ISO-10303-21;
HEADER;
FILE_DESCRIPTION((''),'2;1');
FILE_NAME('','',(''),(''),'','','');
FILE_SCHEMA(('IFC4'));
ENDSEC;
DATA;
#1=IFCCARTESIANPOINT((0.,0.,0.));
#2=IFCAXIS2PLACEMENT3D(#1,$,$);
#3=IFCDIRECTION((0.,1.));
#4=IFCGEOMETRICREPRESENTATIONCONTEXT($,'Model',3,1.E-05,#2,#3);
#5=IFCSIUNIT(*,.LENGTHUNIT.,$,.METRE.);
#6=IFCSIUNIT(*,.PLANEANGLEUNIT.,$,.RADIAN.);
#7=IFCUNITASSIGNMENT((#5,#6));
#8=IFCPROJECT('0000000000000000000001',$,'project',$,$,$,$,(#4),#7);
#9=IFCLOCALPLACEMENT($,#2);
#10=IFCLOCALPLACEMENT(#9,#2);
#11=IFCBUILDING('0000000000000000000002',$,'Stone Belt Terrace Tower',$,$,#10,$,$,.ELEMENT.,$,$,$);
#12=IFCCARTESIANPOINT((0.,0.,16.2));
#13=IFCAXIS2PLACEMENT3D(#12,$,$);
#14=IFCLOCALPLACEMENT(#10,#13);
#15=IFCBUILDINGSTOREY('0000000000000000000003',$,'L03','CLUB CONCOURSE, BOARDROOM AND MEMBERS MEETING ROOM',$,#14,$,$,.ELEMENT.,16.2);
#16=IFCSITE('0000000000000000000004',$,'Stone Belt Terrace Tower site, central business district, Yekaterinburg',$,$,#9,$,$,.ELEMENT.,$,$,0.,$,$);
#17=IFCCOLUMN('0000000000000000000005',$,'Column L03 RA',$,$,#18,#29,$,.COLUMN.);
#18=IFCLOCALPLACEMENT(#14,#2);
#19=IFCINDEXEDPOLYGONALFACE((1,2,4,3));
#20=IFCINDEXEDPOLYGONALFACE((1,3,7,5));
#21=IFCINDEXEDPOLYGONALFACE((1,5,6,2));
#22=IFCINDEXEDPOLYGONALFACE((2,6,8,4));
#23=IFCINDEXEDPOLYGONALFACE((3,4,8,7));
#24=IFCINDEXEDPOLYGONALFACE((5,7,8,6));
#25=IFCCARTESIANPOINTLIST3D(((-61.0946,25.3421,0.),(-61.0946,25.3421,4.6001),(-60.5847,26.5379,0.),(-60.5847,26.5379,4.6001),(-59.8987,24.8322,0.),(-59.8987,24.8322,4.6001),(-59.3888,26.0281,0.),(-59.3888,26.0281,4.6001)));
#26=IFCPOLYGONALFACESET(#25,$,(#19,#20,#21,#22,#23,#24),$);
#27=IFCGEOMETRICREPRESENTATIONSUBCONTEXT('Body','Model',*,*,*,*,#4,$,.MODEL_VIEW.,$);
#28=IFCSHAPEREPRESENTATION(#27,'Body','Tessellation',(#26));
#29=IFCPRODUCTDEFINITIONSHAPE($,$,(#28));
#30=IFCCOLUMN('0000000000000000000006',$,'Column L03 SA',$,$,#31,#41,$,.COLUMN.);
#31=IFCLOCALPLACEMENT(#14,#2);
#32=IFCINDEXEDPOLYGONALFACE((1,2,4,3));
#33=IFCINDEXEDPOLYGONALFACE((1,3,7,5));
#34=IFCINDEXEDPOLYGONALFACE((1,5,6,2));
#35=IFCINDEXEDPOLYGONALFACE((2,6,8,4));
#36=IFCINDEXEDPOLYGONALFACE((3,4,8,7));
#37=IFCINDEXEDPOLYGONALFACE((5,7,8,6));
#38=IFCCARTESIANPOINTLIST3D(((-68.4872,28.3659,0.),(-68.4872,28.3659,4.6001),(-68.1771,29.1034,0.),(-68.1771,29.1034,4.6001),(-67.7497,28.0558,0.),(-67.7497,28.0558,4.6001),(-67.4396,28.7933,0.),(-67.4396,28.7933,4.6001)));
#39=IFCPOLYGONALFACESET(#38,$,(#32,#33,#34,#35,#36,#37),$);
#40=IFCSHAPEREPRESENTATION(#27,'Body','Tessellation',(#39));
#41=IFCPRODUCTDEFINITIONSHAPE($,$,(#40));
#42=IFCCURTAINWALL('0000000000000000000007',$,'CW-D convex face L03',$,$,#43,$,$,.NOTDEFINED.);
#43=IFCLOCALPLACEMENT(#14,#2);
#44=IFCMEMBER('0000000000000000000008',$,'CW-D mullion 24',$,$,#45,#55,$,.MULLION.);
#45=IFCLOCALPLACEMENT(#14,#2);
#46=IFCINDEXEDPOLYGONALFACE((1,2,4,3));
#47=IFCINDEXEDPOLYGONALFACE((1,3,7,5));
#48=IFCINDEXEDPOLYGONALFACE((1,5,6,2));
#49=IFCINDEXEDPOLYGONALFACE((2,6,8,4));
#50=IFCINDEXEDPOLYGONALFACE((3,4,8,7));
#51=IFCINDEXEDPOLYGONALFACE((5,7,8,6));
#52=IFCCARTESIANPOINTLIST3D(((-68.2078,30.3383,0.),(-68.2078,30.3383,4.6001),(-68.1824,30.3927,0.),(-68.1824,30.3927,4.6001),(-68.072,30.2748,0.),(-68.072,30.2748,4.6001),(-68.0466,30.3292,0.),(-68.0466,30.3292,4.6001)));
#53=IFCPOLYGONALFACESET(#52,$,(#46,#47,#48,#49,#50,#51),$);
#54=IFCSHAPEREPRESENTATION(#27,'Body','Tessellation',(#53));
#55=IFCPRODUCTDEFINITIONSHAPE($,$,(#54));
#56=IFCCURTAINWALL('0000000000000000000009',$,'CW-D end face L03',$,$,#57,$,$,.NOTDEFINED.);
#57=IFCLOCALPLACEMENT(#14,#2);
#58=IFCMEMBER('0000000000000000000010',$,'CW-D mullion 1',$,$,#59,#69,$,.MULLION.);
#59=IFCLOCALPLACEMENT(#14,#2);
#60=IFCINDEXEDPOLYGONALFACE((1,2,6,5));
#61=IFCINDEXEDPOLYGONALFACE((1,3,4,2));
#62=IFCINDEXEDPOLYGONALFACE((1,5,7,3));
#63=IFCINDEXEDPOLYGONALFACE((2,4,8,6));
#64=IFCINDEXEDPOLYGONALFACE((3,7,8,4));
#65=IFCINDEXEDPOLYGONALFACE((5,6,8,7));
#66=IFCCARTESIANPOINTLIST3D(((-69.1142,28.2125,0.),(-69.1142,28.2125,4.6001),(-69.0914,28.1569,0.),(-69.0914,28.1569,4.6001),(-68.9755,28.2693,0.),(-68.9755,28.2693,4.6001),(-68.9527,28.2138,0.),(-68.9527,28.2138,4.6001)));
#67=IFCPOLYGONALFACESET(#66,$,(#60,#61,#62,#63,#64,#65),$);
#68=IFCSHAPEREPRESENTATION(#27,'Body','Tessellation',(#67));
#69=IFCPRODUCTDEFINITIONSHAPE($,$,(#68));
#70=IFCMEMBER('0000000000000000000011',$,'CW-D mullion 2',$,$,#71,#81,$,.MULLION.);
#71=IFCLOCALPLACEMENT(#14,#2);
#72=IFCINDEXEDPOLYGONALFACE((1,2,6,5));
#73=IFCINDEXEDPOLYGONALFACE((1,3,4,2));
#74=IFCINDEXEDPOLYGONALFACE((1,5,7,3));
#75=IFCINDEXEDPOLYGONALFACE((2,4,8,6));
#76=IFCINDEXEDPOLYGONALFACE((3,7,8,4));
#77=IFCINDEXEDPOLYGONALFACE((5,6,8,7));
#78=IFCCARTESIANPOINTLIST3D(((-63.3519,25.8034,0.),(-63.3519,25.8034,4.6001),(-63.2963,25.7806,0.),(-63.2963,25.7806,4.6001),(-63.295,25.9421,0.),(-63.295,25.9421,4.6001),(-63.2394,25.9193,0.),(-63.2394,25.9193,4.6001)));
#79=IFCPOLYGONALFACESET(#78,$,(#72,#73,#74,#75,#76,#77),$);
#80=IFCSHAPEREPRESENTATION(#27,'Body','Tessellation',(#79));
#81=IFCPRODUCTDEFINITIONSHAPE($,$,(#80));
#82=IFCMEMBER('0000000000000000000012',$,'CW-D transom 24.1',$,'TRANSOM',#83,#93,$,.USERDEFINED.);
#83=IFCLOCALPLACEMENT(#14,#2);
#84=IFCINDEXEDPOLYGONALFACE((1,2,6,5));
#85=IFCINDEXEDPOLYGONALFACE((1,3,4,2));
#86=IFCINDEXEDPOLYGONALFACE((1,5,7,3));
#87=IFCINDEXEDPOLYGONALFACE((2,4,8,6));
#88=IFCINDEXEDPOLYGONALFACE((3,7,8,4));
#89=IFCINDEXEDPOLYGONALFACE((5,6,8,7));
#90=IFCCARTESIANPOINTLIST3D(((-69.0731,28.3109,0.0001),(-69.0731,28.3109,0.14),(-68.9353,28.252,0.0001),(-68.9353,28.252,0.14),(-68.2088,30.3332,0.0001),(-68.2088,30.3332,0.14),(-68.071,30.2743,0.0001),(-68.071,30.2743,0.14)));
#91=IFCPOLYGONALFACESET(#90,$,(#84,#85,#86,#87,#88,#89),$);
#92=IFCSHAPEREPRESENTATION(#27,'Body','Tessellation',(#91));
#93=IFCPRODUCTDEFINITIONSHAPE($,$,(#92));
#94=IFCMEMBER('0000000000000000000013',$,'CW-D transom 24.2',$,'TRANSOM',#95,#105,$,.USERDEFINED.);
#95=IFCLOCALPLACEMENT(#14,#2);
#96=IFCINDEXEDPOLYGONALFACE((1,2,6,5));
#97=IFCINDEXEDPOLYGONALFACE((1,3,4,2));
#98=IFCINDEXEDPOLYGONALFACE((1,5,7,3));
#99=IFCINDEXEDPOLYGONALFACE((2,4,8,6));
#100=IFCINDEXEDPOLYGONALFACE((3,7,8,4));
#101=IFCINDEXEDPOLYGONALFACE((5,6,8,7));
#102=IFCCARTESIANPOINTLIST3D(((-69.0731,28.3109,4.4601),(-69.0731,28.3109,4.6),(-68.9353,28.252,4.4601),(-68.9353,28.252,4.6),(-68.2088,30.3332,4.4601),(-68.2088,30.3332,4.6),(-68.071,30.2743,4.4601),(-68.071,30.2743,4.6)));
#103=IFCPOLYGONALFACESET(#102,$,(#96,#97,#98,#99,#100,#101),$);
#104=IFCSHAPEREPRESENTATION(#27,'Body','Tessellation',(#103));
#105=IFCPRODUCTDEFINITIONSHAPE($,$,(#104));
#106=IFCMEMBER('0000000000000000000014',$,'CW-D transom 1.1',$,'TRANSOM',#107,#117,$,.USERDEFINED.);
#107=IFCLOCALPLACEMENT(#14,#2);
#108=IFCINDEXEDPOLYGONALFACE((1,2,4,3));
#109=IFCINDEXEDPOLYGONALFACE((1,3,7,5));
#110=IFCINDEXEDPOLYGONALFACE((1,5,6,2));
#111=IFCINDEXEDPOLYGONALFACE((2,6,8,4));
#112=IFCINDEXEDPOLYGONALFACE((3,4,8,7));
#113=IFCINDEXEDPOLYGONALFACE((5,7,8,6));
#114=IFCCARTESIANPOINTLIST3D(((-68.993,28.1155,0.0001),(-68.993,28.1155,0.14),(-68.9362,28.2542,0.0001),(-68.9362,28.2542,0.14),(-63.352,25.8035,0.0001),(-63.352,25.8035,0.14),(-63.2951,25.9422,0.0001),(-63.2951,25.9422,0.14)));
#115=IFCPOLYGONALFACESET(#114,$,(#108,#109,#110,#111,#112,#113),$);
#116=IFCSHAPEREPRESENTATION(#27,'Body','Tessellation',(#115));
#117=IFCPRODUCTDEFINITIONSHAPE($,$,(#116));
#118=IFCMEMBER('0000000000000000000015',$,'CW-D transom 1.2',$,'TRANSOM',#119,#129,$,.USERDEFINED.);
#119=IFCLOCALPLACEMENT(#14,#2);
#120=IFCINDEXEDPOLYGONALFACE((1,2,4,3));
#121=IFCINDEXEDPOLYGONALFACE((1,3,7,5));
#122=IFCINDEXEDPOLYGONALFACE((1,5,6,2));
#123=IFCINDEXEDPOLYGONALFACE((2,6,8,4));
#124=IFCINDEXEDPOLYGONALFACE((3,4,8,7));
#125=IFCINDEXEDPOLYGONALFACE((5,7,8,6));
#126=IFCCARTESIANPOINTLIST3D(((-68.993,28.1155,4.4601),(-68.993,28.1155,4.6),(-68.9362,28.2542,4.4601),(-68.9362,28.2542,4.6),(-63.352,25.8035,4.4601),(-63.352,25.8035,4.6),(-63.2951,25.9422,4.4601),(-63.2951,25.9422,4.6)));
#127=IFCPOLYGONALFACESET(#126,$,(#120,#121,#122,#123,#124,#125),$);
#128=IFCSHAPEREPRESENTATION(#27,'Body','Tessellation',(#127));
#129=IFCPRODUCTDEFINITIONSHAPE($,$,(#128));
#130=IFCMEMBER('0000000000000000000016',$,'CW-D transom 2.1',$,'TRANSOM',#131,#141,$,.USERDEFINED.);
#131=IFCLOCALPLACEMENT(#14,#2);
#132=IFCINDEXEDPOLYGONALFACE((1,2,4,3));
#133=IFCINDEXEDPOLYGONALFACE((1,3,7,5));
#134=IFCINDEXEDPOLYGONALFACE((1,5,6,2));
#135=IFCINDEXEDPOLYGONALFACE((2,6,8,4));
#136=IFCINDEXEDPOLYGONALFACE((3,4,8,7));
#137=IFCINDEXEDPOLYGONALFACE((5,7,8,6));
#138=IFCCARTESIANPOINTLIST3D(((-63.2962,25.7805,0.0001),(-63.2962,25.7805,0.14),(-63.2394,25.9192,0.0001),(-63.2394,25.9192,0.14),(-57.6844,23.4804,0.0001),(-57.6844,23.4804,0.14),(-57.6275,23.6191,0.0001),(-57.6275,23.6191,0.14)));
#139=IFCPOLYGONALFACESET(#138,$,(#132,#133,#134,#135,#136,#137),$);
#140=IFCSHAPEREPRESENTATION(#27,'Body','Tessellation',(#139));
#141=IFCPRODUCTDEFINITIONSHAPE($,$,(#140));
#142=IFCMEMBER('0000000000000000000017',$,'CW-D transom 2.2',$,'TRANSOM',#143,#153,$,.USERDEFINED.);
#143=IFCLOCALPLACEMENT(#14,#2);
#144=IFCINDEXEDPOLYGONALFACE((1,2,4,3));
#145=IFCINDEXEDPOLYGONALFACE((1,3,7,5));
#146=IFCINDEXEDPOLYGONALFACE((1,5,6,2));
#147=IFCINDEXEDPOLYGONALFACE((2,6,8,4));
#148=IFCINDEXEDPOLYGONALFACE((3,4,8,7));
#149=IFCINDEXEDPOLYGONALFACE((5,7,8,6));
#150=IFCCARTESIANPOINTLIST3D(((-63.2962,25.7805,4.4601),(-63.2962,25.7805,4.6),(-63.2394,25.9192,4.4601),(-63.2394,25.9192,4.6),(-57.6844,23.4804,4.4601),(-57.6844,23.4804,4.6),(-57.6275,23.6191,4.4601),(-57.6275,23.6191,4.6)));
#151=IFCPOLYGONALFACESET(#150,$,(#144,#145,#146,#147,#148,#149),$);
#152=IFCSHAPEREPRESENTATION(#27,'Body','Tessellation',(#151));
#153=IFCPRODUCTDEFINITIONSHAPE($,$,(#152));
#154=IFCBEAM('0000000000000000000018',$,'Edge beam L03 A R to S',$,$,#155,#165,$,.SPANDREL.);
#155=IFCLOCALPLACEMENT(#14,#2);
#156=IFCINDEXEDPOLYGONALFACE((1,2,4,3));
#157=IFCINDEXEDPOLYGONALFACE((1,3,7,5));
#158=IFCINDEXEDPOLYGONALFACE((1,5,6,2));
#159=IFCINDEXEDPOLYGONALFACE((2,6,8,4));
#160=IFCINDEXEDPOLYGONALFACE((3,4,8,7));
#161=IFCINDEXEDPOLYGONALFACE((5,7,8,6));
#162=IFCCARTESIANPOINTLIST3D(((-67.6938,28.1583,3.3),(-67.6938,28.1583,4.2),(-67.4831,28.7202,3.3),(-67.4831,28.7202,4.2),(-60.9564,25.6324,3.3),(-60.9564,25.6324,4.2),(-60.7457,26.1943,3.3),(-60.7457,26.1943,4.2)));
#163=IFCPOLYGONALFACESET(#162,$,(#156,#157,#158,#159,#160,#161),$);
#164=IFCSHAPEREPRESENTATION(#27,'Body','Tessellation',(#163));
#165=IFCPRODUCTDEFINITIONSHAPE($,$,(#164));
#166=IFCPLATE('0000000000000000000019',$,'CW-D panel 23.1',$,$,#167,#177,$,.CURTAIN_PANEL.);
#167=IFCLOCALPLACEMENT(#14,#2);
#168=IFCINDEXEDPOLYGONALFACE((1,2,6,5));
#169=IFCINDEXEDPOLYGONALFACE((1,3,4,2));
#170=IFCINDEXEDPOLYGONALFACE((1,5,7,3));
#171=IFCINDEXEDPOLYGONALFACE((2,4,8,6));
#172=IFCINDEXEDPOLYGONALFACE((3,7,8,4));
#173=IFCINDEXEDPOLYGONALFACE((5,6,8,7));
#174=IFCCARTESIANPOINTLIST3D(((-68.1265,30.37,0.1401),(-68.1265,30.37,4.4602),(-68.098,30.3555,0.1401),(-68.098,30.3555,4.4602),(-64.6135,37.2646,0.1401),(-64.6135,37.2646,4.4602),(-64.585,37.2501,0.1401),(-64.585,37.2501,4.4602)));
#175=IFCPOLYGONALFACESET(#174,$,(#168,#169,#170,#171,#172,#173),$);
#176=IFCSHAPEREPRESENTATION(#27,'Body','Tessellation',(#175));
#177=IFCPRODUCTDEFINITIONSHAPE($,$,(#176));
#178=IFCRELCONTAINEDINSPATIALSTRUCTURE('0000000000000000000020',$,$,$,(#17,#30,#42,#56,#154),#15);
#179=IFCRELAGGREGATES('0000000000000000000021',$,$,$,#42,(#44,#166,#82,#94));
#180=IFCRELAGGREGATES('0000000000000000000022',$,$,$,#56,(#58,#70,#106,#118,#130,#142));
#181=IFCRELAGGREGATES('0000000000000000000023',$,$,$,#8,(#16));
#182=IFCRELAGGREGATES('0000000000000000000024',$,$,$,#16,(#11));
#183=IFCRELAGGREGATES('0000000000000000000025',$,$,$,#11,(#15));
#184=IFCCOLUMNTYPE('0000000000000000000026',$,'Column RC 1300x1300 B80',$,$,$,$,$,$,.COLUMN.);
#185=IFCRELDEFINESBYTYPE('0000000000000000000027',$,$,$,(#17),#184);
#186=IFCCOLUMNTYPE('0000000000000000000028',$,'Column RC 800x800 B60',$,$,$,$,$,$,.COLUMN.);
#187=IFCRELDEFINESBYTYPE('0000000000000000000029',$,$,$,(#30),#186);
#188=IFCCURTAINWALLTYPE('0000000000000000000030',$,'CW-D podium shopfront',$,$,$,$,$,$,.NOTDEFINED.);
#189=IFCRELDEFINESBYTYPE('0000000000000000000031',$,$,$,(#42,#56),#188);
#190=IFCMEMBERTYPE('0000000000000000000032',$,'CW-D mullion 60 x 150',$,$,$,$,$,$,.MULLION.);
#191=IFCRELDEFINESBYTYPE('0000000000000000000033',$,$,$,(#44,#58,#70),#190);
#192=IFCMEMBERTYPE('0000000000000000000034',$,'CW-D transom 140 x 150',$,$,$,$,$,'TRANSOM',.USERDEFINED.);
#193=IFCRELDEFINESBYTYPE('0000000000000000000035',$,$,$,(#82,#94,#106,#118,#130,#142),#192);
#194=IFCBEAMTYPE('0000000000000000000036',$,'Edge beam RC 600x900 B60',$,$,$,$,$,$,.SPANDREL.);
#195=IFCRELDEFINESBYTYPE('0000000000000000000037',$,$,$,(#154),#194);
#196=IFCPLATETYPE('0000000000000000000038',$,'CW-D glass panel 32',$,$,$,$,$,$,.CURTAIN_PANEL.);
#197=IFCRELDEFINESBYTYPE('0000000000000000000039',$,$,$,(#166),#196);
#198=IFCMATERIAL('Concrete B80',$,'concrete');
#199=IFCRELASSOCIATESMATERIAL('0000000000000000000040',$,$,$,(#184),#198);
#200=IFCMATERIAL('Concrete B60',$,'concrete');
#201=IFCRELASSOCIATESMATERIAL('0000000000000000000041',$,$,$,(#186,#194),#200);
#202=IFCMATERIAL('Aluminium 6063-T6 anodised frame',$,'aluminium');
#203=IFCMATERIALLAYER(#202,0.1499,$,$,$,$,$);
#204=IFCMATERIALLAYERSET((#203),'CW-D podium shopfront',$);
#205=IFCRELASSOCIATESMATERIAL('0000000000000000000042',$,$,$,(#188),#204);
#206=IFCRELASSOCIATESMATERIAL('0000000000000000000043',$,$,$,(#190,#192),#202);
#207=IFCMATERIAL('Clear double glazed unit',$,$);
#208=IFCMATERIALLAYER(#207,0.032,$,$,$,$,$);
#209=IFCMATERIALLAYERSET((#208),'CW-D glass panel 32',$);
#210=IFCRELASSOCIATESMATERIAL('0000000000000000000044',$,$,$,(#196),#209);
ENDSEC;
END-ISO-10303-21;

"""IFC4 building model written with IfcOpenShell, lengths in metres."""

from ifc_helpers import new_model, si_unit, direction, frame, origin, origin_2d, place, context, subcontext, project, spatial, rectangle, extrude, material, layer, layer_set, material_profile, profile_set, type_object, element, aggregate, save


model = new_model("IFC4")

# Units and contexts
model_context = context("Model", 3, precision=1e-05, world=origin(), true_north=direction((0.0, 1.0)))
body_context = subcontext(model_context, "Body", "Model", "MODEL_VIEW")
ifc_project = project(units=[si_unit("LENGTHUNIT", "METRE"), si_unit("PLANEANGLEUNIT", "RADIAN")], contexts=[model_context])

# Site, building, storey
site_placement = place(None, origin())
site = spatial("IfcSite", under=ifc_project, at=site_placement, Name="Stone Belt Terrace Tower site, central business district, Yekaterinburg", CompositionType="ELEMENT", RefElevation=0.0)
building_placement = place(site_placement, origin())
building = spatial("IfcBuilding", under=site, at=building_placement, Name="Stone Belt Terrace Tower", CompositionType="ELEMENT")
storey_placement = place(building_placement, frame((0.0, 0.0, 16.2)))
storey = spatial("IfcBuildingStorey", under=building, at=storey_placement, Name="L03", Description="CLUB CONCOURSE, BOARDROOM AND MEMBERS MEETING ROOM", CompositionType="ELEMENT", Elevation=16.2)

# Columns
ifc_material_1 = material(Name="Concrete B80", Category="concrete")
ifc_material_profile_1 = material_profile(ifc_material_1, rectangle(XDim=1.3, YDim=1.3, at=origin_2d()), Name="RC 1300x1300")
ifc_profile_set_1 = profile_set([ifc_material_profile_1], Name="Concrete B80")
column_type_1 = type_object("IfcColumnType", Name="Column RC 1300x1300 B80", PredefinedType="COLUMN", material=ifc_profile_set_1)
column_1_placement = place(storey_placement, frame((-60.2417, 25.6851, 0.0), z_axis=(0.0, 0.0, 1.0), x_axis=(0.392204, 0.919878, 0.0)))
element("IfcColumn", 1, at=column_1_placement, inside=storey, type_object=column_type_1, Name="Column L03 RA", PredefinedType="COLUMN", context=body_context, shape_type="SweptSolid", body=[
    extrude(rectangle(XDim=1.3, YDim=1.3, at=origin_2d()), origin(), (0.0, 0.0, 1.0), 4.6001),
])
ifc_material_2 = material(Name="Concrete B60", Category="concrete")
ifc_material_profile_2 = material_profile(ifc_material_2, rectangle(XDim=0.8, YDim=0.8, at=origin_2d()), Name="RC 800x800")
ifc_profile_set_2 = profile_set([ifc_material_profile_2], Name="Concrete B60")
column_type_2 = type_object("IfcColumnType", Name="Column RC 800x800 B60", PredefinedType="COLUMN", material=ifc_profile_set_2)
column_2_placement = place(storey_placement, frame((-67.9634, 28.5796, 0.0), z_axis=(0.0, 0.0, 1.0), x_axis=(0.387636, 0.921812, 0.0)))
element("IfcColumn", 2, at=column_2_placement, inside=storey, type_object=column_type_2, Name="Column L03 SA", PredefinedType="COLUMN", context=body_context, shape_type="SweptSolid", body=[
    extrude(rectangle(XDim=0.8, YDim=0.8, at=origin_2d()), origin(), (0.0, 0.0, 1.0), 4.6001),
])

# Curtain wall, member
ifc_material_3 = material(Name="Aluminium 6063-T6 anodised frame", Category="aluminium")
ifc_layer_1 = layer(ifc_material_3, 0.1499)
ifc_layer_set_1 = layer_set([ifc_layer_1], Name="CW-D podium shopfront")
curtain_wall_type = type_object("IfcCurtainWallType", Name="CW-D podium shopfront", PredefinedType="NOTDEFINED", material=ifc_layer_set_1)
curtain_wall_1_placement = place(storey_placement, origin())
curtain_wall_1 = element("IfcCurtainWall", 3, at=curtain_wall_1_placement, inside=storey, type_object=curtain_wall_type, Name="CW-D convex face L03", PredefinedType="NOTDEFINED")
ifc_material_profile_3 = material_profile(ifc_material_3, rectangle(XDim=0.1499, YDim=0.0601, at=origin_2d()), Name="Aluminium 6063-T6 60x150")
ifc_profile_set_3 = profile_set([ifc_material_profile_3], Name="Aluminium 6063-T6 anodised frame")
member_type_1 = type_object("IfcMemberType", Name="CW-D mullion 60 x 150", PredefinedType="MULLION", material=ifc_profile_set_3)
member_1_placement = place(storey_placement, frame((-68.1272, 30.3337, 0.0), z_axis=(0.0, 0.0, 1.0), x_axis=(0.905778, -0.423752, 0.0)))
member_1 = element("IfcMember", 4, at=member_1_placement, type_object=member_type_1, Name="CW-D mullion 24", PredefinedType="MULLION", context=body_context, shape_type="SweptSolid", body=[
    extrude(rectangle(XDim=0.1499, YDim=0.0601, at=origin_2d()), origin(), (0.0, 0.0, 1.0), 4.6001),
])

# Curtain wall, members
curtain_wall_2_placement = place(storey_placement, origin())
curtain_wall_2 = element("IfcCurtainWall", 5, at=curtain_wall_2_placement, inside=storey, type_object=curtain_wall_type, Name="CW-D end face L03", PredefinedType="NOTDEFINED")
member_2_placement = place(storey_placement, frame((-69.0334, 28.2131, 0.0), z_axis=(0.0, 0.0, 1.0), x_axis=(0.92531, 0.379212, 0.0)))
member_2 = element("IfcMember", 6, at=member_2_placement, type_object=member_type_1, Name="CW-D mullion 1", PredefinedType="MULLION", context=body_context, shape_type="SweptSolid", body=[
    extrude(rectangle(XDim=0.1499, YDim=0.0601, at=origin_2d()), origin(), (0.0, 0.0, 1.0), 4.6001),
])
member_3_placement = place(storey_placement, frame((-63.2957, 25.8613, 0.0), z_axis=(0.0, 0.0, 1.0), x_axis=(0.379243, 0.925297, 0.0)))
member_3 = element("IfcMember", 7, at=member_3_placement, type_object=member_type_1, Name="CW-D mullion 2", PredefinedType="MULLION", context=body_context, shape_type="SweptSolid", body=[
    extrude(rectangle(XDim=0.1499, YDim=0.0601, at=origin_2d()), origin(), (0.0, 0.0, 1.0), 4.6001),
])

# Members
ifc_material_profile_4 = material_profile(ifc_material_3, rectangle(XDim=0.1499, YDim=0.1399, at=origin_2d()), Name="Aluminium 6063-T6 150x140")
ifc_profile_set_4 = profile_set([ifc_material_profile_4], Name="Aluminium 6063-T6 anodised frame")
member_type_2 = type_object("IfcMemberType", Name="CW-D transom 140 x 150", ElementType="TRANSOM", PredefinedType="USERDEFINED", material=ifc_profile_set_4)
member_4_placement = place(storey_placement, frame((-68.1399, 30.3037, 0.0701), z_axis=(-0.392995, -0.919541, 0.0), x_axis=(0.919541, -0.392995, 0.0)))
member_4 = element("IfcMember", 8, at=member_4_placement, type_object=member_type_2, Name="CW-D transom 24.1", ObjectType="TRANSOM", PredefinedType="USERDEFINED", context=body_context, shape_type="SweptSolid", body=[
    extrude(rectangle(XDim=0.1499, YDim=0.1399, at=origin_2d()), origin(), (0.0, 0.0, 1.0), 2.1992),
])
member_5_placement = place(storey_placement, frame((-68.1399, 30.3037, 4.53), z_axis=(-0.392995, -0.919541, 0.0), x_axis=(0.919541, -0.392995, 0.0)))
member_5 = element("IfcMember", 9, at=member_5_placement, type_object=member_type_2, Name="CW-D transom 24.2", ObjectType="TRANSOM", PredefinedType="USERDEFINED", context=body_context, shape_type="SweptSolid", body=[
    extrude(rectangle(XDim=0.1499, YDim=0.1399, at=origin_2d()), origin(), (0.0, 0.0, 1.0), 2.1992),
])
member_6_placement = place(storey_placement, frame((-68.9646, 28.1848, 0.0701), z_axis=(0.925301, -0.379235, 0.0), x_axis=(0.379235, 0.925301, 0.0)))
member_6 = element("IfcMember", 10, at=member_6_placement, type_object=member_type_2, Name="CW-D transom 1.1", ObjectType="TRANSOM", PredefinedType="USERDEFINED", context=body_context, shape_type="SweptSolid", body=[
    extrude(rectangle(XDim=0.1499, YDim=0.1399, at=origin_2d()), origin(), (0.0, 0.0, 1.0), 6.0964),
])
member_7_placement = place(storey_placement, frame((-68.9646, 28.1848, 4.53), z_axis=(0.925301, -0.379235, 0.0), x_axis=(0.379235, 0.925301, 0.0)))
member_7 = element("IfcMember", 11, at=member_7_placement, type_object=member_type_2, Name="CW-D transom 1.2", ObjectType="TRANSOM", PredefinedType="USERDEFINED", context=body_context, shape_type="SweptSolid", body=[
    extrude(rectangle(XDim=0.1499, YDim=0.1399, at=origin_2d()), origin(), (0.0, 0.0, 1.0), 6.0964),
])
member_8_placement = place(storey_placement, frame((-63.2678, 25.8499, 0.0701), z_axis=(0.925298, -0.379241, 0.0), x_axis=(0.379241, 0.925298, 0.0)))
member_8 = element("IfcMember", 12, at=member_8_placement, type_object=member_type_2, Name="CW-D transom 2.1", ObjectType="TRANSOM", PredefinedType="USERDEFINED", context=body_context, shape_type="SweptSolid", body=[
    extrude(rectangle(XDim=0.1499, YDim=0.1399, at=origin_2d()), origin(), (0.0, 0.0, 1.0), 6.0649),
])
member_9_placement = place(storey_placement, frame((-63.2678, 25.8499, 4.53), z_axis=(0.925298, -0.379241, 0.0), x_axis=(0.379241, 0.925298, 0.0)))
member_9 = element("IfcMember", 13, at=member_9_placement, type_object=member_type_2, Name="CW-D transom 2.2", ObjectType="TRANSOM", PredefinedType="USERDEFINED", context=body_context, shape_type="SweptSolid", body=[
    extrude(rectangle(XDim=0.1499, YDim=0.1399, at=origin_2d()), origin(), (0.0, 0.0, 1.0), 6.0649),
])

# Beam
ifc_material_profile_5 = material_profile(ifc_material_2, rectangle(XDim=0.6001, YDim=0.8999, at=origin_2d()), Name="RC 600x900")
ifc_profile_set_5 = profile_set([ifc_material_profile_5], Name="Concrete B60")
beam_type = type_object("IfcBeamType", Name="Edge beam RC 600x900 B60", PredefinedType="SPANDREL", material=ifc_profile_set_5)
beam_placement = place(storey_placement, frame((-60.8511, 25.9133, 3.75), z_axis=(-0.936357, 0.351049, 0.0), x_axis=(-0.351049, -0.936357, 0.0)))
element("IfcBeam", 14, at=beam_placement, inside=storey, type_object=beam_type, Name="Edge beam L03 A R to S", PredefinedType="SPANDREL", context=body_context, shape_type="SweptSolid", body=[
    extrude(rectangle(XDim=0.6001, YDim=0.8999, at=origin_2d()), origin(), (0.0, 0.0, 1.0), 7.1953),
])

# Plate
ifc_material_4 = material(Name="Clear double glazed unit")
ifc_layer_2 = layer(ifc_material_4, 0.032)
ifc_layer_set_2 = layer_set([ifc_layer_2], Name="CW-D glass panel 32")
plate_type = type_object("IfcPlateType", Name="CW-D glass panel 32", PredefinedType="CURTAIN_PANEL", material=ifc_layer_set_2)
plate_1_placement = place(storey_placement, frame((-66.3557, 33.8101, 0.1401), z_axis=(0.0, 0.0, 1.0), x_axis=(-0.45399, -0.891007, 0.0)))
plate_1 = element("IfcPlate", 15, at=plate_1_placement, type_object=plate_type, Name="CW-D panel 23.1", PredefinedType="CURTAIN_PANEL", context=body_context, shape_type="SweptSolid", body=[
    extrude(rectangle(XDim=7.738, YDim=0.032, at=origin_2d()), origin(), (0.0, 0.0, 1.0), 4.3201),
])
aggregate(curtain_wall_1, [member_1, plate_1, member_4, member_5])
aggregate(curtain_wall_2, [member_2, member_3, member_6, member_7, member_8, member_9])

save(model, "model.ifc")
